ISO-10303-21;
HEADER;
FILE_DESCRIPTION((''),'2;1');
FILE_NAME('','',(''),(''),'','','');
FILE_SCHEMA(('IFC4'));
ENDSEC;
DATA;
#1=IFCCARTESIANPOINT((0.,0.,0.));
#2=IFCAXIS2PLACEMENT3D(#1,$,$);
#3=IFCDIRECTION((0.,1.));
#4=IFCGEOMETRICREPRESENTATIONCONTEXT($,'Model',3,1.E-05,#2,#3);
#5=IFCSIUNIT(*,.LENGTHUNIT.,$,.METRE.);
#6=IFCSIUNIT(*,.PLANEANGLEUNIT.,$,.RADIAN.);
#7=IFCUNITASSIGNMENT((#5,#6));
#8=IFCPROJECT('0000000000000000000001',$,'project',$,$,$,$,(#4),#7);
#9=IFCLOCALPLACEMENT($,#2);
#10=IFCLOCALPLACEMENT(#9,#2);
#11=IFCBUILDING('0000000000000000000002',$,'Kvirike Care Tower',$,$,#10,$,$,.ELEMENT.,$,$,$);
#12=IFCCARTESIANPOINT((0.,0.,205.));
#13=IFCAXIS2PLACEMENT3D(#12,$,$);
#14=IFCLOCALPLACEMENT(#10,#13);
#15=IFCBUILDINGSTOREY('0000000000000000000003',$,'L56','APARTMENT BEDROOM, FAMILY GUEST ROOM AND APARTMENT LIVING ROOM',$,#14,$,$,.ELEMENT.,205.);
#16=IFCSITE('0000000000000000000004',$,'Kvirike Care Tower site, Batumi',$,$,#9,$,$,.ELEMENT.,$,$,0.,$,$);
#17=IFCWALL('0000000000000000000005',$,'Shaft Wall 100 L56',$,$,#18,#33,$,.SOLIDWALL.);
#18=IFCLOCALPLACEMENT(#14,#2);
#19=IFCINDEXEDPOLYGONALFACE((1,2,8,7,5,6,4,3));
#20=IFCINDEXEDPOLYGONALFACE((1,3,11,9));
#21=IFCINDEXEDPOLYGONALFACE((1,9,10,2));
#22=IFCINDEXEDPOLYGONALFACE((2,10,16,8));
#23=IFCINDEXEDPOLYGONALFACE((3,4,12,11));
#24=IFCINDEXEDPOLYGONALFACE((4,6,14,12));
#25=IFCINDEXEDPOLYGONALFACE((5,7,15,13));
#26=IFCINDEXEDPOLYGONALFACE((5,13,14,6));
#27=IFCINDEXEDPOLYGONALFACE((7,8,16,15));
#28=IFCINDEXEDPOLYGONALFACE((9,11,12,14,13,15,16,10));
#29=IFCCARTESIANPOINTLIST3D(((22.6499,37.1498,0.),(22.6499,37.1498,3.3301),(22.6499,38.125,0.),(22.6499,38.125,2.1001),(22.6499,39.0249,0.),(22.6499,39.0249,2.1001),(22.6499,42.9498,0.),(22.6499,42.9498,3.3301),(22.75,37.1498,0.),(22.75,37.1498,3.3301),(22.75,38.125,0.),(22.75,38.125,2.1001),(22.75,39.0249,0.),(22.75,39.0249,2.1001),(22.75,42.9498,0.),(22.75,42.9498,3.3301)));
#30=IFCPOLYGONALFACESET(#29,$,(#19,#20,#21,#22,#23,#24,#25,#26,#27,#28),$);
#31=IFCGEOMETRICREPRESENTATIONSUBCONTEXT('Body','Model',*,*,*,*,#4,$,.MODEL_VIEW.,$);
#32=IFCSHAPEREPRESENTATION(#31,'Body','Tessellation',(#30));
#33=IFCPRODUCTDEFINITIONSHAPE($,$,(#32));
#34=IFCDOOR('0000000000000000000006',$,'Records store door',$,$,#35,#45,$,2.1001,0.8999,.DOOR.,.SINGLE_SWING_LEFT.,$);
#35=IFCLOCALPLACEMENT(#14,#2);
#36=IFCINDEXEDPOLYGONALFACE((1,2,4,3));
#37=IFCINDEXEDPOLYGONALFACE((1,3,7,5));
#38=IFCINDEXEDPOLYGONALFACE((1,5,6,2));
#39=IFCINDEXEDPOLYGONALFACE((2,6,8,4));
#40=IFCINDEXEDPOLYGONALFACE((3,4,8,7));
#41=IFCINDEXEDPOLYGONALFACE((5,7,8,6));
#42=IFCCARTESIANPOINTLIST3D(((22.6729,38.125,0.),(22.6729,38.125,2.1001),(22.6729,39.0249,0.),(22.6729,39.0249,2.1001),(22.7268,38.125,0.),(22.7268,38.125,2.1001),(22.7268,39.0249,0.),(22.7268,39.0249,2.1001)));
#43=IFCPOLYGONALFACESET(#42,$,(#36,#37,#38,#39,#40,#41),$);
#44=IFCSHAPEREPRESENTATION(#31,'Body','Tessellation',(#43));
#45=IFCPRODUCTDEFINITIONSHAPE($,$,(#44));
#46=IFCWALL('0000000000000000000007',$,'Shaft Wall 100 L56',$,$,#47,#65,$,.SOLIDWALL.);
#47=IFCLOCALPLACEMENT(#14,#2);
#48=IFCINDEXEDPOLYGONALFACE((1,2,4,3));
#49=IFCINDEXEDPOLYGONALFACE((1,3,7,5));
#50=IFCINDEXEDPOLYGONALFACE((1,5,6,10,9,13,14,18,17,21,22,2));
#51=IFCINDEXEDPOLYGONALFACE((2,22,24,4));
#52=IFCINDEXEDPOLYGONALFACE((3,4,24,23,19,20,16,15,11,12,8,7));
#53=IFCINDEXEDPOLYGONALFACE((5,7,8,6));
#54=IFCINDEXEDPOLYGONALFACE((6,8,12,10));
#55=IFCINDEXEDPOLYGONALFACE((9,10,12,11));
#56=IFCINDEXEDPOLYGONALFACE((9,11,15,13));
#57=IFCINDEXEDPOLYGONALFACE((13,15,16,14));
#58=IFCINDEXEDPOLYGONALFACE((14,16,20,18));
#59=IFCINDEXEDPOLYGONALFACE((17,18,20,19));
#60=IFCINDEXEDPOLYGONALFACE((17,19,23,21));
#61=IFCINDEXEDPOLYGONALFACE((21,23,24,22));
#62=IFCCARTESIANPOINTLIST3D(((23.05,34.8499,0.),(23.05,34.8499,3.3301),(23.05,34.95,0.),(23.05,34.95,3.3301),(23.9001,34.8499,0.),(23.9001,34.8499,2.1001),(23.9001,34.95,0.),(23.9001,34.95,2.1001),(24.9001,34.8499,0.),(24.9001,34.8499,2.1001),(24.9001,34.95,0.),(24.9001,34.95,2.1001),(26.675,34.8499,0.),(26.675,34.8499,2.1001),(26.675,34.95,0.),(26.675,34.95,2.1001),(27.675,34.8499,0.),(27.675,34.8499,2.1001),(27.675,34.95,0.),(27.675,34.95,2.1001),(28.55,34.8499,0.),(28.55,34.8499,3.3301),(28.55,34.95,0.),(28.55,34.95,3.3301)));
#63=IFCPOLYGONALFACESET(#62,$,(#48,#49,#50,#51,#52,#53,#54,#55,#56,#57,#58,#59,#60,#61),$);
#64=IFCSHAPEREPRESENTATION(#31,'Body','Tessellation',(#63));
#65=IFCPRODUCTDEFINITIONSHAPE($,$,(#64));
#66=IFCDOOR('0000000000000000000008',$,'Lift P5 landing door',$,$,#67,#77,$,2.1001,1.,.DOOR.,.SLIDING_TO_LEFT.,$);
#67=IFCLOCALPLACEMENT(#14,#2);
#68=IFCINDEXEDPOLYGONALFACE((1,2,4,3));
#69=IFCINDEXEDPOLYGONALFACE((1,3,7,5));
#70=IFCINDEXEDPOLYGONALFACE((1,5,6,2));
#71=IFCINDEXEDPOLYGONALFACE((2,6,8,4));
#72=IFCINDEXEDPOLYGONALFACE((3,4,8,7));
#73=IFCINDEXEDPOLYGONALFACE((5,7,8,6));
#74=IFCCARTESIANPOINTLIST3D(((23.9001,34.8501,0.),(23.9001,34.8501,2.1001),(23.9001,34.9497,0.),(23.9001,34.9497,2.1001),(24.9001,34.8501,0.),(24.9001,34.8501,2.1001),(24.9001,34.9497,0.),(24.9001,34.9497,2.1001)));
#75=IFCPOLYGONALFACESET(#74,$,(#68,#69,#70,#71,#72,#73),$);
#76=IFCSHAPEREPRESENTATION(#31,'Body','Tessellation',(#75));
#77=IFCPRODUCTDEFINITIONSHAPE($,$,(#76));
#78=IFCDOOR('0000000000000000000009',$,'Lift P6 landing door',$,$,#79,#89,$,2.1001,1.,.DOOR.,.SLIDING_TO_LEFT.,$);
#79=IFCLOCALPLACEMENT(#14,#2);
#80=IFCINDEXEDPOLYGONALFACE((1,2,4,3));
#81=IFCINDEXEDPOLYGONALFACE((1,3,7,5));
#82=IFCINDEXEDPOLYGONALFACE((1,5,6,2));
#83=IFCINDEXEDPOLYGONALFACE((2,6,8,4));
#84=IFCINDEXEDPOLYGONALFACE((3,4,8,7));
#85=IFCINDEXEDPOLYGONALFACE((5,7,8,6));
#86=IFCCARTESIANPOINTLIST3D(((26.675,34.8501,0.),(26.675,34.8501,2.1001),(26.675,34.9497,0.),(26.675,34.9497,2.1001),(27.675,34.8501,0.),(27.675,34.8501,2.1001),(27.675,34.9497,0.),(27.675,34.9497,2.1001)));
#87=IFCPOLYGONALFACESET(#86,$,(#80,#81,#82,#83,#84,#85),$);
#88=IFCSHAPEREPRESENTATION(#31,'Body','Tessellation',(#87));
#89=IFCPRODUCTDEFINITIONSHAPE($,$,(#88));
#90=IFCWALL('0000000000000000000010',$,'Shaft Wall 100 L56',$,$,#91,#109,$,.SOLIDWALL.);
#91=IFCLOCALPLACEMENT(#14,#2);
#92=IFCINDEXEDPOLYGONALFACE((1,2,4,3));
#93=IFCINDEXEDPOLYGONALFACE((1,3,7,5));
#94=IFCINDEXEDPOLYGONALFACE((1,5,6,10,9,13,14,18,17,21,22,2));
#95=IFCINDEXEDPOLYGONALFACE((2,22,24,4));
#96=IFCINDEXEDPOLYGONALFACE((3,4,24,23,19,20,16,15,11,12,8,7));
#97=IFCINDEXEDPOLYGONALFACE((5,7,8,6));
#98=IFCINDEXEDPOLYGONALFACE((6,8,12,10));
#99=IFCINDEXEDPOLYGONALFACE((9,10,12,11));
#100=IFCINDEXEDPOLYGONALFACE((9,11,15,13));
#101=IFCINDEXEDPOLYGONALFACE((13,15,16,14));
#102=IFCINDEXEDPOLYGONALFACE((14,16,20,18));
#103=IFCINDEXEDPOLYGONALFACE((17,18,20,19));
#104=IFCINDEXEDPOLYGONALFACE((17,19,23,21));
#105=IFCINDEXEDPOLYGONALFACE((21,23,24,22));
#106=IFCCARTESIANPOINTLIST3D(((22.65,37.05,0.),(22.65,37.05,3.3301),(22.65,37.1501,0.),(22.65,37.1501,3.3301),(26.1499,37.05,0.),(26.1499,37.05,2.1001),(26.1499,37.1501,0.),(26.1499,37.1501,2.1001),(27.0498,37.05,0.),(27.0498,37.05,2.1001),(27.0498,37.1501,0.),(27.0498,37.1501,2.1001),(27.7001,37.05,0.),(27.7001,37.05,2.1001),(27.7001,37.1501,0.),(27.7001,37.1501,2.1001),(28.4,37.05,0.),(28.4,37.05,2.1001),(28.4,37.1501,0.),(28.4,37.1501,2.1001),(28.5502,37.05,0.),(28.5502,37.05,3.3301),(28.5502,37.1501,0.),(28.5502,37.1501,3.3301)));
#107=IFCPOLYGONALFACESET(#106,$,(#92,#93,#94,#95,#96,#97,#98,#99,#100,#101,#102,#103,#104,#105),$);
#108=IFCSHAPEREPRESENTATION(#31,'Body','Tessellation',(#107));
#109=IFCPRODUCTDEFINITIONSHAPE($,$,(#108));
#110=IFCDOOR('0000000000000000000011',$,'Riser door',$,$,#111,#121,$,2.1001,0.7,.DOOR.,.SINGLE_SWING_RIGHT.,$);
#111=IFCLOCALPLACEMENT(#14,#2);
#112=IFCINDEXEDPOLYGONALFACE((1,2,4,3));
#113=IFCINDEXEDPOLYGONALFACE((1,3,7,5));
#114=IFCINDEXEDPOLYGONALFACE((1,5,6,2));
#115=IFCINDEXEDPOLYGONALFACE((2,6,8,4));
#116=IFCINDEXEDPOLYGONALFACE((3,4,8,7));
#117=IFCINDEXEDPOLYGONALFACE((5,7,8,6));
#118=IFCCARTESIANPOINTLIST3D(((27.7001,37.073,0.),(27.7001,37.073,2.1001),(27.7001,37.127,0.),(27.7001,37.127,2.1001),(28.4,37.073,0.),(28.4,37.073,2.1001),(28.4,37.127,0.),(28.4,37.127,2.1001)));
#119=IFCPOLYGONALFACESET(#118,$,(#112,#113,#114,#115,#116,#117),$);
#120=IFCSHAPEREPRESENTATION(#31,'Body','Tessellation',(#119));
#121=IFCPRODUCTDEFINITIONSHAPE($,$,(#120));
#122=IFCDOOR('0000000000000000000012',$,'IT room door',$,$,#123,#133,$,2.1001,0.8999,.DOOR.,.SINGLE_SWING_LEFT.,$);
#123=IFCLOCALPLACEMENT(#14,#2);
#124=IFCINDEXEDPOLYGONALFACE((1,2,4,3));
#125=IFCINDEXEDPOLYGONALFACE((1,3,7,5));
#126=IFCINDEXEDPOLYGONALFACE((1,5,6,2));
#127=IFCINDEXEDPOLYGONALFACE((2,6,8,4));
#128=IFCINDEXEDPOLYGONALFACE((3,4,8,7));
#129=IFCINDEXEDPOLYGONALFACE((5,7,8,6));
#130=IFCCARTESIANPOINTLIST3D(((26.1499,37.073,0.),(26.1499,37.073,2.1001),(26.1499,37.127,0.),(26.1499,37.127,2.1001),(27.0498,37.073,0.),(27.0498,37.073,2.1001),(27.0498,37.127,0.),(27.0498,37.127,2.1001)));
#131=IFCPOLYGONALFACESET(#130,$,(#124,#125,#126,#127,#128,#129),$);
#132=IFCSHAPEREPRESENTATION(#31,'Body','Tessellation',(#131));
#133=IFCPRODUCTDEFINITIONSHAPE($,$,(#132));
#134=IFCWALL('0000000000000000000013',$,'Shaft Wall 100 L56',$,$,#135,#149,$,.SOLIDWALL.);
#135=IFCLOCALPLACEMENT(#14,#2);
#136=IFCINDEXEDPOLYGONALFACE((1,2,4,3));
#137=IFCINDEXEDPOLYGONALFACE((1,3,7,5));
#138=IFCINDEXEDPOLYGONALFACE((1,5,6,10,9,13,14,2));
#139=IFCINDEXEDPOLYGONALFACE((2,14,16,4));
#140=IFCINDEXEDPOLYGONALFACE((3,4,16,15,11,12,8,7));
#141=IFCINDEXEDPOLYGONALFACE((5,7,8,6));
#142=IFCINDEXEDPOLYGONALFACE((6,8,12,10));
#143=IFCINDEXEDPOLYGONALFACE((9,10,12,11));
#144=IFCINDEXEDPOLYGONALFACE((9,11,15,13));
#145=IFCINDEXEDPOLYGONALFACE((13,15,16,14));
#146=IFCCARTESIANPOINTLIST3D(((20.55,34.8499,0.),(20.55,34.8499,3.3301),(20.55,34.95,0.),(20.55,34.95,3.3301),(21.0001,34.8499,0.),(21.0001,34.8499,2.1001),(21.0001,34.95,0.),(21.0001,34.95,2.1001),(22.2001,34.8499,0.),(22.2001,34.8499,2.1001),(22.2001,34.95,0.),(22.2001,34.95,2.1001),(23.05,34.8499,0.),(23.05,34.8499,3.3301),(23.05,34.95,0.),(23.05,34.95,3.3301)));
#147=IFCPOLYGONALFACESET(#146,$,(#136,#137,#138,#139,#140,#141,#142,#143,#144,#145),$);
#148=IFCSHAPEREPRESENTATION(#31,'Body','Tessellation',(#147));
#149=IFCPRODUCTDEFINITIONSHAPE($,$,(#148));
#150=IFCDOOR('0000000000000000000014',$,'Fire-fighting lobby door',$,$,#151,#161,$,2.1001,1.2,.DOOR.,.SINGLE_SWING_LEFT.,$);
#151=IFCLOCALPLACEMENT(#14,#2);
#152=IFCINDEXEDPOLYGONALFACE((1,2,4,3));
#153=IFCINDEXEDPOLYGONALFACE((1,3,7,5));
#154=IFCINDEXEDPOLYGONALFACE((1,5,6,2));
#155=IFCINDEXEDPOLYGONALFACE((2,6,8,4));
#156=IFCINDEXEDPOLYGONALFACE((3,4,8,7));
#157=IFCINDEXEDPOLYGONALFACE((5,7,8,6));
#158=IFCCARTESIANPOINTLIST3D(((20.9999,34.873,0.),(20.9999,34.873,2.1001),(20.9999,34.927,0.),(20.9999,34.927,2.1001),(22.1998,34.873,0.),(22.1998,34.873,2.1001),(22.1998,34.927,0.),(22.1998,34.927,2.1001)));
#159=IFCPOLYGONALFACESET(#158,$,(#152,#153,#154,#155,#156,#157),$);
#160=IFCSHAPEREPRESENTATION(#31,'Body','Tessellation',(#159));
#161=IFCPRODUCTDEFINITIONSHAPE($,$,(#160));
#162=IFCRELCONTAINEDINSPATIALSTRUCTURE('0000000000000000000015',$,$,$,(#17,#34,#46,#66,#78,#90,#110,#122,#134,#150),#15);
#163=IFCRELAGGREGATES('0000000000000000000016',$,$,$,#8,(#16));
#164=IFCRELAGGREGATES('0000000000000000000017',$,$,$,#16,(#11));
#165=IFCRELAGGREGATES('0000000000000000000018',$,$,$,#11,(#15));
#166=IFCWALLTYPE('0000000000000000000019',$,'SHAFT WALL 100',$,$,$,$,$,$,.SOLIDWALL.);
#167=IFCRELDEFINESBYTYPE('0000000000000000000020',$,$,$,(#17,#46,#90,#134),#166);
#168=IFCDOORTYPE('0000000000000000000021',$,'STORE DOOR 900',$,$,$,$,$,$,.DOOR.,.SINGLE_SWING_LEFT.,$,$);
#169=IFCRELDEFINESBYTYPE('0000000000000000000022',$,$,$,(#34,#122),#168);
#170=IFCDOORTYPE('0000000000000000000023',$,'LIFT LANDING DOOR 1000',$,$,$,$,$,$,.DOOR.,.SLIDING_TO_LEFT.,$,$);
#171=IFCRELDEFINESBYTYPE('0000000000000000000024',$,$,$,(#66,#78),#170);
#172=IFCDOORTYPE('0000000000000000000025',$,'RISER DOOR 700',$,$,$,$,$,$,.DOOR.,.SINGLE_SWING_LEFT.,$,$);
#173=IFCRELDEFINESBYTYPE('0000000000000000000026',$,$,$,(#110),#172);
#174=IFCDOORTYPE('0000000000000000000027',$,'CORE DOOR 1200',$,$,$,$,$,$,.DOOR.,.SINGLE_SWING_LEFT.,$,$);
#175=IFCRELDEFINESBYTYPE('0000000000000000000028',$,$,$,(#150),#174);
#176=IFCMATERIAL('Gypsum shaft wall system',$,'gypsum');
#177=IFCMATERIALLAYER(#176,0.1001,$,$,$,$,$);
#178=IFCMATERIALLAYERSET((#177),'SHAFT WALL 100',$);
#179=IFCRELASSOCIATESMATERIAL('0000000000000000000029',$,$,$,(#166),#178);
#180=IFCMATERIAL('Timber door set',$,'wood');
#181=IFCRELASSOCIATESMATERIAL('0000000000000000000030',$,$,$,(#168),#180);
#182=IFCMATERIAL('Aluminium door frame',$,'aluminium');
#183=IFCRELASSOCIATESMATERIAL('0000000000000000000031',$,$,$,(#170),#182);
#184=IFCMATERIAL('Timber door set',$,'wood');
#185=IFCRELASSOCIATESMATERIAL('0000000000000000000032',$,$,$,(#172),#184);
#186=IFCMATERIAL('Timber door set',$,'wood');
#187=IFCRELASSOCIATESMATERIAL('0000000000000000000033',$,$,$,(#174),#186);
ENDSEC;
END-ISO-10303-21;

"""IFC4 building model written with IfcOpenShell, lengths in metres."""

from ifc_helpers import new_model, si_unit, direction, frame, frame_2d, origin, place, context, subcontext, project, spatial, rectangle, extrude, material, layer, layer_set, type_object, element, fill, save


model = new_model("IFC4")

# Units and contexts
model_context = context("Model", 3, precision=1e-05, world=origin(), true_north=direction((0.0, 1.0)))
body_context = subcontext(model_context, "Body", "Model", "MODEL_VIEW")
ifc_project = project(units=[si_unit("LENGTHUNIT", "METRE"), si_unit("PLANEANGLEUNIT", "RADIAN")], contexts=[model_context])

# Site, building, storey
site_placement = place(None, origin())
site = spatial("IfcSite", under=ifc_project, at=site_placement, Name="Kvirike Care Tower site, Batumi", CompositionType="ELEMENT", RefElevation=0.0)
building_placement = place(site_placement, origin())
building = spatial("IfcBuilding", under=site, at=building_placement, Name="Kvirike Care Tower", CompositionType="ELEMENT")
storey_placement = place(building_placement, frame((0.0, 0.0, 205.0)))
storey = spatial("IfcBuildingStorey", under=building, at=storey_placement, Name="L56", Description="APARTMENT BEDROOM, FAMILY GUEST ROOM AND APARTMENT LIVING ROOM", CompositionType="ELEMENT", Elevation=205.0)

# Shared definitions
ifc_material_1 = material(Name="Gypsum shaft wall system", Category="gypsum")
ifc_layer_1 = layer(ifc_material_1, 0.1001)
ifc_layer_set_1 = layer_set([ifc_layer_1], Name="SHAFT WALL 100")
wall_type = type_object("IfcWallType", Name="SHAFT WALL 100", PredefinedType="SOLIDWALL", material=ifc_layer_set_1)

# Wall, opening, door
ifc_material_2 = material(Name="Timber door set", Category="wood")
door_type_1 = type_object("IfcDoorType", Name="STORE DOOR 900", OperationType="SINGLE_SWING_LEFT", PredefinedType="DOOR", material=ifc_material_2)
wall_1_placement = place(storey_placement, frame((22.7, 37.1499, 0.0), z_axis=(0.0, 0.0, 1.0), x_axis=(0.0, 1.0, 0.0)))
wall_1 = element("IfcWall", 1, at=wall_1_placement, inside=storey, type_object=wall_type, Name="Shaft Wall 100 L56", PredefinedType="SOLIDWALL", context=body_context, shape_type="SweptSolid", body=[
    extrude(rectangle(XDim=5.8, YDim=0.1001, at=frame_2d((2.8999, 0.0))), origin(), (0.0, 0.0, 1.0), 3.3301),
])
opening_1_placement = place(wall_1_placement, frame((0.9751, 0.0, 0.0)))
opening_1 = element("IfcOpeningElement", 2, at=opening_1_placement, cuts=wall_1, PredefinedType="OPENING", context=body_context, shape_type="SweptSolid", body=[
    extrude(rectangle(XDim=0.8999, YDim=2.1001, at=frame_2d((0.45, 1.05))), frame((0.0, 0.0605, 0.0), z_axis=(0.0, -1.0, 0.0), x_axis=(1.0, 0.0, 0.0)), (0.0, 0.0, 1.0), 0.1211),
])
door_1_placement = place(opening_1_placement, frame((0.8999, 0.0, 0.0), z_axis=(0.0, 0.0, 1.0), x_axis=(-1.0, 0.0, 0.0)))
door_1 = element("IfcDoor", 3, at=door_1_placement, inside=storey, type_object=door_type_1, Name="Records store door", OperationType="SINGLE_SWING_LEFT", OverallHeight=2.1001, OverallWidth=0.8999, PredefinedType="DOOR", context=body_context, shape_type="SweptSolid", body=[
    extrude(rectangle(XDim=0.8999, YDim=2.1001, at=frame_2d((0.45, 1.05))), frame((0.0, 0.0269, 0.0), z_axis=(0.0, -1.0, 0.0), x_axis=(1.0, 0.0, 0.0)), (0.0, 0.0, 1.0), 0.054),
])
fill(opening_1, door_1)

# Walls, openings, doors
wall_2_placement = place(storey_placement, frame((23.05, 34.8999, 0.0), z_axis=(0.0, 0.0, 1.0), x_axis=(1.0, 0.0, 0.0)))
wall_2 = element("IfcWall", 4, at=wall_2_placement, inside=storey, type_object=wall_type, Name="Shaft Wall 100 L56", PredefinedType="SOLIDWALL", context=body_context, shape_type="SweptSolid", body=[
    extrude(rectangle(XDim=5.5, YDim=0.1001, at=frame_2d((2.75, 0.0))), origin(), (0.0, 0.0, 1.0), 3.3301),
])
opening_2_placement = place(wall_2_placement, frame((0.8501, 0.0, 0.0)))
opening_2 = element("IfcOpeningElement", 5, at=opening_2_placement, cuts=wall_2, PredefinedType="OPENING", context=body_context, shape_type="SweptSolid", body=[
    extrude(rectangle(XDim=1.0, YDim=2.1001, at=frame_2d((0.5, 1.05))), frame((0.0, 0.0605, 0.0), z_axis=(0.0, -1.0, 0.0), x_axis=(1.0, 0.0, 0.0)), (0.0, 0.0, 1.0), 0.1211),
])
opening_3_placement = place(wall_2_placement, frame((3.625, 0.0, 0.0)))
opening_3 = element("IfcOpeningElement", 6, at=opening_3_placement, cuts=wall_2, PredefinedType="OPENING", context=body_context, shape_type="SweptSolid", body=[
    extrude(rectangle(XDim=1.0, YDim=2.1001, at=frame_2d((0.5, 1.05))), frame((0.0, 0.0605, 0.0), z_axis=(0.0, -1.0, 0.0), x_axis=(1.0, 0.0, 0.0)), (0.0, 0.0, 1.0), 0.1211),
])
ifc_material_3 = material(Name="Aluminium door frame", Category="aluminium")
door_type_2 = type_object("IfcDoorType", Name="LIFT LANDING DOOR 1000", OperationType="SLIDING_TO_LEFT", PredefinedType="DOOR", material=ifc_material_3)
door_2_placement = place(opening_2_placement, origin())
door_2 = element("IfcDoor", 7, at=door_2_placement, inside=storey, type_object=door_type_2, Name="Lift P5 landing door", OperationType="SLIDING_TO_LEFT", OverallHeight=2.1001, OverallWidth=1.0, PredefinedType="DOOR", context=body_context, shape_type="SweptSolid", body=[
    extrude(rectangle(XDim=1.0, YDim=2.1001, at=frame_2d((0.5, 1.05))), frame((0.0, 0.0498, 0.0), z_axis=(0.0, -1.0, 0.0), x_axis=(1.0, 0.0, 0.0)), (0.0, 0.0, 1.0), 0.0996),
])
fill(opening_2, door_2)
door_3_placement = place(opening_3_placement, origin())
door_3 = element("IfcDoor", 8, at=door_3_placement, inside=storey, type_object=door_type_2, Name="Lift P6 landing door", OperationType="SLIDING_TO_LEFT", OverallHeight=2.1001, OverallWidth=1.0, PredefinedType="DOOR", context=body_context, shape_type="SweptSolid", body=[
    extrude(rectangle(XDim=1.0, YDim=2.1001, at=frame_2d((0.5, 1.05))), frame((0.0, 0.0498, 0.0), z_axis=(0.0, -1.0, 0.0), x_axis=(1.0, 0.0, 0.0)), (0.0, 0.0, 1.0), 0.0996),
])
fill(opening_3, door_3)
wall_3_placement = place(storey_placement, frame((22.6499, 37.1001, 0.0), z_axis=(0.0, 0.0, 1.0), x_axis=(1.0, 0.0, 0.0)))
wall_3 = element("IfcWall", 9, at=wall_3_placement, inside=storey, type_object=wall_type, Name="Shaft Wall 100 L56", PredefinedType="SOLIDWALL", context=body_context, shape_type="SweptSolid", body=[
    extrude(rectangle(XDim=5.9001, YDim=0.1001, at=frame_2d((2.9502, 0.0))), origin(), (0.0, 0.0, 1.0), 3.3301),
])
opening_4_placement = place(wall_3_placement, frame((3.5, 0.0, 0.0)))
opening_4 = element("IfcOpeningElement", 10, at=opening_4_placement, cuts=wall_3, PredefinedType="OPENING", context=body_context, shape_type="SweptSolid", body=[
    extrude(rectangle(XDim=0.8999, YDim=2.1001, at=frame_2d((0.45, 1.05))), frame((0.0, 0.0605, 0.0), z_axis=(0.0, -1.0, 0.0), x_axis=(1.0, 0.0, 0.0)), (0.0, 0.0, 1.0), 0.1211),
])
opening_5_placement = place(wall_3_placement, frame((5.05, 0.0, 0.0)))
opening_5 = element("IfcOpeningElement", 11, at=opening_5_placement, cuts=wall_3, PredefinedType="OPENING", context=body_context, shape_type="SweptSolid", body=[
    extrude(rectangle(XDim=0.7, YDim=2.1001, at=frame_2d((0.3501, 1.05))), frame((0.0, 0.0605, 0.0), z_axis=(0.0, -1.0, 0.0), x_axis=(1.0, 0.0, 0.0)), (0.0, 0.0, 1.0), 0.1211),
])
ifc_material_4 = material(Name="Timber door set", Category="wood")
door_type_3 = type_object("IfcDoorType", Name="RISER DOOR 700", OperationType="SINGLE_SWING_LEFT", PredefinedType="DOOR", material=ifc_material_4)
door_4_placement = place(opening_5_placement, origin())
door_4 = element("IfcDoor", 12, at=door_4_placement, inside=storey, type_object=door_type_3, Name="Riser door", OperationType="SINGLE_SWING_RIGHT", OverallHeight=2.1001, OverallWidth=0.7, PredefinedType="DOOR", context=body_context, shape_type="SweptSolid", body=[
    extrude(rectangle(XDim=0.7, YDim=2.1001, at=frame_2d((0.3501, 1.05))), frame((0.0, 0.0269, 0.0), z_axis=(0.0, -1.0, 0.0), x_axis=(1.0, 0.0, 0.0)), (0.0, 0.0, 1.0), 0.054),
])
fill(opening_5, door_4)
door_5_placement = place(opening_4_placement, origin())
door_5 = element("IfcDoor", 13, at=door_5_placement, inside=storey, type_object=door_type_1, Name="IT room door", OperationType="SINGLE_SWING_LEFT", OverallHeight=2.1001, OverallWidth=0.8999, PredefinedType="DOOR", context=body_context, shape_type="SweptSolid", body=[
    extrude(rectangle(XDim=0.8999, YDim=2.1001, at=frame_2d((0.45, 1.05))), frame((0.0, 0.0269, 0.0), z_axis=(0.0, -1.0, 0.0), x_axis=(1.0, 0.0, 0.0)), (0.0, 0.0, 1.0), 0.054),
])
fill(opening_4, door_5)

# Wall, opening, door
wall_4_placement = place(storey_placement, frame((20.55, 34.8999, 0.0), z_axis=(0.0, 0.0, 1.0), x_axis=(1.0, 0.0, 0.0)))
wall_4 = element("IfcWall", 14, at=wall_4_placement, inside=storey, type_object=wall_type, Name="Shaft Wall 100 L56", PredefinedType="SOLIDWALL", context=body_context, shape_type="SweptSolid", body=[
    extrude(rectangle(XDim=2.5, YDim=0.1001, at=frame_2d((1.25, 0.0))), origin(), (0.0, 0.0, 1.0), 3.3301),
])
opening_6_placement = place(wall_4_placement, frame((0.45, 0.0, 0.0)))
opening_6 = element("IfcOpeningElement", 15, at=opening_6_placement, cuts=wall_4, PredefinedType="OPENING", context=body_context, shape_type="SweptSolid", body=[
    extrude(rectangle(XDim=1.2, YDim=2.1001, at=frame_2d((0.6001, 1.05))), frame((0.0, 0.0605, 0.0), z_axis=(0.0, -1.0, 0.0), x_axis=(1.0, 0.0, 0.0)), (0.0, 0.0, 1.0), 0.1211),
])
ifc_material_5 = material(Name="Timber door set", Category="wood")
door_type_4 = type_object("IfcDoorType", Name="CORE DOOR 1200", OperationType="SINGLE_SWING_LEFT", PredefinedType="DOOR", material=ifc_material_5)
door_6_placement = place(opening_6_placement, frame((1.2, 0.0, 0.0), z_axis=(0.0, 0.0, 1.0), x_axis=(-1.0, 0.0, 0.0)))
door_6 = element("IfcDoor", 16, at=door_6_placement, inside=storey, type_object=door_type_4, Name="Fire-fighting lobby door", OperationType="SINGLE_SWING_LEFT", OverallHeight=2.1001, OverallWidth=1.2, PredefinedType="DOOR", context=body_context, shape_type="SweptSolid", body=[
    extrude(rectangle(XDim=1.2, YDim=2.1001, at=frame_2d((0.6001, 1.05))), frame((0.0, 0.0269, 0.0), z_axis=(0.0, -1.0, 0.0), x_axis=(1.0, 0.0, 0.0)), (0.0, 0.0, 1.0), 0.054),
])
fill(opening_6, door_6)

save(model, "model.ifc")
